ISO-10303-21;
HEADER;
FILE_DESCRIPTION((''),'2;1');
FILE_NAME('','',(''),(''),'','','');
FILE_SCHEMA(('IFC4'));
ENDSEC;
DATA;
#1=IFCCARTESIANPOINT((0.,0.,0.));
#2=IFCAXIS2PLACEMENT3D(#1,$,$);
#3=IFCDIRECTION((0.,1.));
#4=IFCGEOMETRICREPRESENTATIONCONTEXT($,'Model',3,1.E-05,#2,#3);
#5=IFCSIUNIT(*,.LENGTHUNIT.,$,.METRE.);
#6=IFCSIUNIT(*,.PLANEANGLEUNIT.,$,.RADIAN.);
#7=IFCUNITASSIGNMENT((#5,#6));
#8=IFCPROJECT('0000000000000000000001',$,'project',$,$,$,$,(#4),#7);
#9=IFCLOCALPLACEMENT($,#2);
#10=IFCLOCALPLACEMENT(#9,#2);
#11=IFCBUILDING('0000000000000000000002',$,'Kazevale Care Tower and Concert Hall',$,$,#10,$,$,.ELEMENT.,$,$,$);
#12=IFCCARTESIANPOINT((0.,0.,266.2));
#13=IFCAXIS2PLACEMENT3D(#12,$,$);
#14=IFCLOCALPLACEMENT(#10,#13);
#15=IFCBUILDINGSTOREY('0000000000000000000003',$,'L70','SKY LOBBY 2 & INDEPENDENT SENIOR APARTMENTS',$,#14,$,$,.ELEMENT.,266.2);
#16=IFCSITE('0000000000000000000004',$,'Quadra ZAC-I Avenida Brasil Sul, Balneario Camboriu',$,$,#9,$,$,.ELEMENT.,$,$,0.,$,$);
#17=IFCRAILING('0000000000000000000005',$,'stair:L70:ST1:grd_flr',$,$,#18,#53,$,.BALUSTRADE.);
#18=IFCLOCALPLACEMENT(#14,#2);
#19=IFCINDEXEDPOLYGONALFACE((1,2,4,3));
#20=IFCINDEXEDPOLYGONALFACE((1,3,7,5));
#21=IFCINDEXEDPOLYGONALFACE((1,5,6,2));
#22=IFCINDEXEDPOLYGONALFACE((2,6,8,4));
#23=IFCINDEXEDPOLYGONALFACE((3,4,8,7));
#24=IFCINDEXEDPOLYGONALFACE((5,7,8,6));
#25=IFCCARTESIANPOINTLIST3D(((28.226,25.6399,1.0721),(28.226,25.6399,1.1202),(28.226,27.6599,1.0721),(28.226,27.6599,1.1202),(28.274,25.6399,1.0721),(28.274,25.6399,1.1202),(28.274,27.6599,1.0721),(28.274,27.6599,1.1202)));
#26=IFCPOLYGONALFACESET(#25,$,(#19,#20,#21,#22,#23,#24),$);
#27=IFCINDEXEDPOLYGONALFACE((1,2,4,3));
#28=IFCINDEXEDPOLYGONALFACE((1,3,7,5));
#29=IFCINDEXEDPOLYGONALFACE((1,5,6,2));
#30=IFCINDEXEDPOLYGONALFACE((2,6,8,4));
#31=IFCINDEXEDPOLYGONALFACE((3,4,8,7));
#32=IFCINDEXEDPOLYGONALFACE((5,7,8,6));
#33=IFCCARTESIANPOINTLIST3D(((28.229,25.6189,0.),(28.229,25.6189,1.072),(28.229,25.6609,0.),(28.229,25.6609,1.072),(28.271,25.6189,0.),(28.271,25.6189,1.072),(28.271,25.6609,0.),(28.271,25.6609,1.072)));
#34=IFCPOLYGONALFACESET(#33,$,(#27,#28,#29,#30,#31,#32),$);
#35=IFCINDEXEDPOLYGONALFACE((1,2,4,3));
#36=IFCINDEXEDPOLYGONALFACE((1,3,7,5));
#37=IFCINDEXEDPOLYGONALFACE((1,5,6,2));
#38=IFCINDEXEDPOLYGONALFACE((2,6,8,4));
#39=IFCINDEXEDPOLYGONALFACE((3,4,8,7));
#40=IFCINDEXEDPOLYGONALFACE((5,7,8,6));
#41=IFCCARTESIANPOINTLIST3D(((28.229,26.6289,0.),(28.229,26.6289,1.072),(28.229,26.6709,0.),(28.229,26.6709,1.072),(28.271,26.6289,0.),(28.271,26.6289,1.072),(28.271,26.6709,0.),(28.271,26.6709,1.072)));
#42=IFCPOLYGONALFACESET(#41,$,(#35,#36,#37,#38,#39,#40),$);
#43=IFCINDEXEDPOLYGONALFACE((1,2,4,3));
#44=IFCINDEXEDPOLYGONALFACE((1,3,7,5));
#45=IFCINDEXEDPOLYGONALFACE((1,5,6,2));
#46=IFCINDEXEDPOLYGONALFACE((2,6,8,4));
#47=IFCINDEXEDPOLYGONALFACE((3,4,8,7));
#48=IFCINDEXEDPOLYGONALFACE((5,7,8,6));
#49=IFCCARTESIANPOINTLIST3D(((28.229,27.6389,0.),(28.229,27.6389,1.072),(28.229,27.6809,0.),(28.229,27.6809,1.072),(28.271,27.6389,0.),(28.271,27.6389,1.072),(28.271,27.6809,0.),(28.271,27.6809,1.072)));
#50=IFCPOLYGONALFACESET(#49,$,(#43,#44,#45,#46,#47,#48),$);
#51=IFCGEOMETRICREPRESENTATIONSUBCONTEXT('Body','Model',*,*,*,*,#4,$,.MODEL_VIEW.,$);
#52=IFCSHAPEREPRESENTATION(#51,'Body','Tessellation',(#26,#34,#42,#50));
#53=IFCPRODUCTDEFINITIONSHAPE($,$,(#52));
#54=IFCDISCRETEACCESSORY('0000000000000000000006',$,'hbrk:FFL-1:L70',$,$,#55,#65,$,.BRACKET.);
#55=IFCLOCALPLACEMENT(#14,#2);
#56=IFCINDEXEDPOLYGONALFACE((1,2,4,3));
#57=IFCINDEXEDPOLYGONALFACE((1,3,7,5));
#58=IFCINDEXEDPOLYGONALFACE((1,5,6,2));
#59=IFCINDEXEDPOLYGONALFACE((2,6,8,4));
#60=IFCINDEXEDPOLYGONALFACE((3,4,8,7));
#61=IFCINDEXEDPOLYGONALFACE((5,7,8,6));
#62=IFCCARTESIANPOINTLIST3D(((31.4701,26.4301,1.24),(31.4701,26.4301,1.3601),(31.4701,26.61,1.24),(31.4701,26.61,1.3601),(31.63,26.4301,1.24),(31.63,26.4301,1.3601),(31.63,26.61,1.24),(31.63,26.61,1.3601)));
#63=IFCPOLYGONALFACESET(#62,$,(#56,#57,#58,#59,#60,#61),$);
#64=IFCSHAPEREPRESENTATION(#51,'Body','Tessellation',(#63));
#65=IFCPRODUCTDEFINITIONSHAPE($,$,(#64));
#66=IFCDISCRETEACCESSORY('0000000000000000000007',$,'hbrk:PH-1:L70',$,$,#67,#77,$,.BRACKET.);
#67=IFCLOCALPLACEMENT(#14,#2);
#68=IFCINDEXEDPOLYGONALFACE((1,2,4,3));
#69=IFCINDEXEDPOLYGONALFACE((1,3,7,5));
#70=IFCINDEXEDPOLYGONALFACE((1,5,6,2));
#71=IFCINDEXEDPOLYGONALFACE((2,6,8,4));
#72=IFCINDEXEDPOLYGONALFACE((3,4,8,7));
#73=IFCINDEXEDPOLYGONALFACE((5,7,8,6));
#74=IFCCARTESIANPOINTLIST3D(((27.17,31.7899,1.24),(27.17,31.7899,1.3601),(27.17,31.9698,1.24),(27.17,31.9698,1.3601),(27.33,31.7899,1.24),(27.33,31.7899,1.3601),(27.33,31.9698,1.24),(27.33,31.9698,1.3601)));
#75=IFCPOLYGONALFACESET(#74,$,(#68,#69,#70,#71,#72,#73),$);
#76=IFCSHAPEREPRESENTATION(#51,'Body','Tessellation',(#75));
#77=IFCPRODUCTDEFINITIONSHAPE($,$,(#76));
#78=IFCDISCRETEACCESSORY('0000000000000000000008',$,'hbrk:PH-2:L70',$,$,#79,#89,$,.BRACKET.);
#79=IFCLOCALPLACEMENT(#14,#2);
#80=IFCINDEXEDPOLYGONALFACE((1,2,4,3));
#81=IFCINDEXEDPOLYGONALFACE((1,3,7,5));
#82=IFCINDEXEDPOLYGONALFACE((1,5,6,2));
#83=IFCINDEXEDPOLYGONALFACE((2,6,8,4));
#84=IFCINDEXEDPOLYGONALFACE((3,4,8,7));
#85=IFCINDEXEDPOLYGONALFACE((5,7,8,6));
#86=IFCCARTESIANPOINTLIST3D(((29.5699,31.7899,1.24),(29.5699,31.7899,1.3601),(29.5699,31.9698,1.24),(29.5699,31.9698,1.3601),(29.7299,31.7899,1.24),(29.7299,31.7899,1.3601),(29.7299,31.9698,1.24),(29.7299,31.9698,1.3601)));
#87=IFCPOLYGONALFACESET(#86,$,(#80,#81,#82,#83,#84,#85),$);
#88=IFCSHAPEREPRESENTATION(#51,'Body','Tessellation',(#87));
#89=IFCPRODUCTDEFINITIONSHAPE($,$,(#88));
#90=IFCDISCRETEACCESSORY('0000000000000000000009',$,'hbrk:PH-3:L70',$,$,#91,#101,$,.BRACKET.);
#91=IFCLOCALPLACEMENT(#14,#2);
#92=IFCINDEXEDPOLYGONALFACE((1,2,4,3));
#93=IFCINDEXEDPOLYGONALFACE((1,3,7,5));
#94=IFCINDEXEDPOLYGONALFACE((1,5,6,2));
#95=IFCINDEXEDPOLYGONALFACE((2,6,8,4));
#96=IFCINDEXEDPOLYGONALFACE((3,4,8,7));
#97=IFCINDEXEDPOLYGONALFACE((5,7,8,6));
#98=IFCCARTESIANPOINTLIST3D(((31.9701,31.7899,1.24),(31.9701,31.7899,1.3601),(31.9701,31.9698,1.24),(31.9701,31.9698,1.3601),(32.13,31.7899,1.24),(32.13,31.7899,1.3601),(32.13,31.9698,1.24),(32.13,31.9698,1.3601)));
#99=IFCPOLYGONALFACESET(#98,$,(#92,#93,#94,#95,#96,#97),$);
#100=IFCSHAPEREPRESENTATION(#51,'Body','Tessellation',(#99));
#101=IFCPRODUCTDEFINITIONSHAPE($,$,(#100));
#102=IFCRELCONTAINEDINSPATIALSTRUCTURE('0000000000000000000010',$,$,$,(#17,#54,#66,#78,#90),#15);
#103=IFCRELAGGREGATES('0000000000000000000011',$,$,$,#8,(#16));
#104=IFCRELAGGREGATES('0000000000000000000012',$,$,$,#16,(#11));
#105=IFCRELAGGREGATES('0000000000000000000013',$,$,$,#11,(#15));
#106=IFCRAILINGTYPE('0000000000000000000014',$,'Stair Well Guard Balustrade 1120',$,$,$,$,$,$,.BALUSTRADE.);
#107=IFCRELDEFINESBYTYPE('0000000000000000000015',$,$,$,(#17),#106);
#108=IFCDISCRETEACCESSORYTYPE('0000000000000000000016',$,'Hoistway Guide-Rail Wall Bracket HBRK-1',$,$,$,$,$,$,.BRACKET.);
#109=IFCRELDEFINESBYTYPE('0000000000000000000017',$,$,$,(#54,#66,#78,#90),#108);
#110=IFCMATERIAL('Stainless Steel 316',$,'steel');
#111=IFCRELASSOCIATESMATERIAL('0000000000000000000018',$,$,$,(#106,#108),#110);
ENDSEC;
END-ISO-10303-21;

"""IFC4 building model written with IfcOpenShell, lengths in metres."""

from ifc_helpers import new_model, si_unit, direction, frame, origin, origin_2d, place, context, subcontext, project, spatial, rectangle, extrude, material, type_object, element, save


model = new_model("IFC4")

# Units and contexts
model_context = context("Model", 3, precision=1e-05, world=origin(), true_north=direction((0.0, 1.0)))
body_context = subcontext(model_context, "Body", "Model", "MODEL_VIEW")
ifc_project = project(units=[si_unit("LENGTHUNIT", "METRE"), si_unit("PLANEANGLEUNIT", "RADIAN")], contexts=[model_context])

# Site, building, storey
site_placement = place(None, origin())
site = spatial("IfcSite", under=ifc_project, at=site_placement, Name="Quadra ZAC-I Avenida Brasil Sul, Balneario Camboriu", CompositionType="ELEMENT", RefElevation=0.0)
building_placement = place(site_placement, origin())
building = spatial("IfcBuilding", under=site, at=building_placement, Name="Kazevale Care Tower and Concert Hall", CompositionType="ELEMENT")
storey_placement = place(building_placement, frame((0.0, 0.0, 266.2)))
storey = spatial("IfcBuildingStorey", under=building, at=storey_placement, Name="L70", Description="SKY LOBBY 2 & INDEPENDENT SENIOR APARTMENTS", CompositionType="ELEMENT", Elevation=266.2)

# Shared definitions
ifc_material_1 = material(Name="Stainless Steel 316", Category="steel")

# Railing
railing_type_1 = type_object("IfcRailingType", Name="Stair Well Guard Balustrade 1120", PredefinedType="BALUSTRADE", material=ifc_material_1)
railing_1_placement = place(storey_placement, frame((28.25, 25.6399, 0.0)))
element("IfcRailing", 1, at=railing_1_placement, inside=storey, type_object=railing_type_1, Name="stair:L70:ST1:grd_flr", PredefinedType="BALUSTRADE", context=body_context, shape_type="SweptSolid", body=[
    extrude(rectangle(XDim=0.0481, YDim=0.0481, at=origin_2d()), frame((0.0, 0.0, 1.0962), z_axis=(0.0, 1.0, 0.0), x_axis=(-1.0, 0.0, 0.0)), (0.0, 0.0, 1.0), 2.02),
    extrude(rectangle(XDim=0.042, YDim=0.042, at=origin_2d()), origin(), (0.0, 0.0, 1.0), 1.072),
    extrude(rectangle(XDim=0.042, YDim=0.042, at=origin_2d()), frame((0.0, 1.01, 0.0)), (0.0, 0.0, 1.0), 1.072),
    extrude(rectangle(XDim=0.042, YDim=0.042, at=origin_2d()), frame((0.0, 2.02, 0.0)), (0.0, 0.0, 1.0), 1.072),
])

# Discrete accessories
discrete_accessory_type = type_object("IfcDiscreteAccessoryType", Name="Hoistway Guide-Rail Wall Bracket HBRK-1", PredefinedType="BRACKET", material=ifc_material_1)
for number, where, z_axis, x_axis, name in (
    (2, (31.55, 26.52, 1.24), (0.0, 0.0, 1.0), (1.0, 0.0, 0.0), "hbrk:FFL-1:L70"),
    (3, (27.25, 31.8799, 1.24), (0.0, 0.0, 1.0), (1.0, 0.0, 0.0), "hbrk:PH-1:L70"),
    (4, (29.6499, 31.8799, 1.24), (0.0, 0.0, 1.0), (1.0, 0.0, 0.0), "hbrk:PH-2:L70"),
    (5, (32.05, 31.8799, 1.24), (0.0, 0.0, 1.0), (1.0, 0.0, 0.0), "hbrk:PH-3:L70"),
):
    element("IfcDiscreteAccessory", number, at=place(storey_placement, frame(where, z_axis=z_axis, x_axis=x_axis)), inside=storey, type_object=discrete_accessory_type, Name=name, PredefinedType="BRACKET", context=body_context, shape_type="SweptSolid", body=[
        extrude(rectangle(XDim=0.1599, YDim=0.1799, at=origin_2d()), origin(), (0.0, 0.0, 1.0), 0.1201),
    ])

save(model, "model.ifc")
